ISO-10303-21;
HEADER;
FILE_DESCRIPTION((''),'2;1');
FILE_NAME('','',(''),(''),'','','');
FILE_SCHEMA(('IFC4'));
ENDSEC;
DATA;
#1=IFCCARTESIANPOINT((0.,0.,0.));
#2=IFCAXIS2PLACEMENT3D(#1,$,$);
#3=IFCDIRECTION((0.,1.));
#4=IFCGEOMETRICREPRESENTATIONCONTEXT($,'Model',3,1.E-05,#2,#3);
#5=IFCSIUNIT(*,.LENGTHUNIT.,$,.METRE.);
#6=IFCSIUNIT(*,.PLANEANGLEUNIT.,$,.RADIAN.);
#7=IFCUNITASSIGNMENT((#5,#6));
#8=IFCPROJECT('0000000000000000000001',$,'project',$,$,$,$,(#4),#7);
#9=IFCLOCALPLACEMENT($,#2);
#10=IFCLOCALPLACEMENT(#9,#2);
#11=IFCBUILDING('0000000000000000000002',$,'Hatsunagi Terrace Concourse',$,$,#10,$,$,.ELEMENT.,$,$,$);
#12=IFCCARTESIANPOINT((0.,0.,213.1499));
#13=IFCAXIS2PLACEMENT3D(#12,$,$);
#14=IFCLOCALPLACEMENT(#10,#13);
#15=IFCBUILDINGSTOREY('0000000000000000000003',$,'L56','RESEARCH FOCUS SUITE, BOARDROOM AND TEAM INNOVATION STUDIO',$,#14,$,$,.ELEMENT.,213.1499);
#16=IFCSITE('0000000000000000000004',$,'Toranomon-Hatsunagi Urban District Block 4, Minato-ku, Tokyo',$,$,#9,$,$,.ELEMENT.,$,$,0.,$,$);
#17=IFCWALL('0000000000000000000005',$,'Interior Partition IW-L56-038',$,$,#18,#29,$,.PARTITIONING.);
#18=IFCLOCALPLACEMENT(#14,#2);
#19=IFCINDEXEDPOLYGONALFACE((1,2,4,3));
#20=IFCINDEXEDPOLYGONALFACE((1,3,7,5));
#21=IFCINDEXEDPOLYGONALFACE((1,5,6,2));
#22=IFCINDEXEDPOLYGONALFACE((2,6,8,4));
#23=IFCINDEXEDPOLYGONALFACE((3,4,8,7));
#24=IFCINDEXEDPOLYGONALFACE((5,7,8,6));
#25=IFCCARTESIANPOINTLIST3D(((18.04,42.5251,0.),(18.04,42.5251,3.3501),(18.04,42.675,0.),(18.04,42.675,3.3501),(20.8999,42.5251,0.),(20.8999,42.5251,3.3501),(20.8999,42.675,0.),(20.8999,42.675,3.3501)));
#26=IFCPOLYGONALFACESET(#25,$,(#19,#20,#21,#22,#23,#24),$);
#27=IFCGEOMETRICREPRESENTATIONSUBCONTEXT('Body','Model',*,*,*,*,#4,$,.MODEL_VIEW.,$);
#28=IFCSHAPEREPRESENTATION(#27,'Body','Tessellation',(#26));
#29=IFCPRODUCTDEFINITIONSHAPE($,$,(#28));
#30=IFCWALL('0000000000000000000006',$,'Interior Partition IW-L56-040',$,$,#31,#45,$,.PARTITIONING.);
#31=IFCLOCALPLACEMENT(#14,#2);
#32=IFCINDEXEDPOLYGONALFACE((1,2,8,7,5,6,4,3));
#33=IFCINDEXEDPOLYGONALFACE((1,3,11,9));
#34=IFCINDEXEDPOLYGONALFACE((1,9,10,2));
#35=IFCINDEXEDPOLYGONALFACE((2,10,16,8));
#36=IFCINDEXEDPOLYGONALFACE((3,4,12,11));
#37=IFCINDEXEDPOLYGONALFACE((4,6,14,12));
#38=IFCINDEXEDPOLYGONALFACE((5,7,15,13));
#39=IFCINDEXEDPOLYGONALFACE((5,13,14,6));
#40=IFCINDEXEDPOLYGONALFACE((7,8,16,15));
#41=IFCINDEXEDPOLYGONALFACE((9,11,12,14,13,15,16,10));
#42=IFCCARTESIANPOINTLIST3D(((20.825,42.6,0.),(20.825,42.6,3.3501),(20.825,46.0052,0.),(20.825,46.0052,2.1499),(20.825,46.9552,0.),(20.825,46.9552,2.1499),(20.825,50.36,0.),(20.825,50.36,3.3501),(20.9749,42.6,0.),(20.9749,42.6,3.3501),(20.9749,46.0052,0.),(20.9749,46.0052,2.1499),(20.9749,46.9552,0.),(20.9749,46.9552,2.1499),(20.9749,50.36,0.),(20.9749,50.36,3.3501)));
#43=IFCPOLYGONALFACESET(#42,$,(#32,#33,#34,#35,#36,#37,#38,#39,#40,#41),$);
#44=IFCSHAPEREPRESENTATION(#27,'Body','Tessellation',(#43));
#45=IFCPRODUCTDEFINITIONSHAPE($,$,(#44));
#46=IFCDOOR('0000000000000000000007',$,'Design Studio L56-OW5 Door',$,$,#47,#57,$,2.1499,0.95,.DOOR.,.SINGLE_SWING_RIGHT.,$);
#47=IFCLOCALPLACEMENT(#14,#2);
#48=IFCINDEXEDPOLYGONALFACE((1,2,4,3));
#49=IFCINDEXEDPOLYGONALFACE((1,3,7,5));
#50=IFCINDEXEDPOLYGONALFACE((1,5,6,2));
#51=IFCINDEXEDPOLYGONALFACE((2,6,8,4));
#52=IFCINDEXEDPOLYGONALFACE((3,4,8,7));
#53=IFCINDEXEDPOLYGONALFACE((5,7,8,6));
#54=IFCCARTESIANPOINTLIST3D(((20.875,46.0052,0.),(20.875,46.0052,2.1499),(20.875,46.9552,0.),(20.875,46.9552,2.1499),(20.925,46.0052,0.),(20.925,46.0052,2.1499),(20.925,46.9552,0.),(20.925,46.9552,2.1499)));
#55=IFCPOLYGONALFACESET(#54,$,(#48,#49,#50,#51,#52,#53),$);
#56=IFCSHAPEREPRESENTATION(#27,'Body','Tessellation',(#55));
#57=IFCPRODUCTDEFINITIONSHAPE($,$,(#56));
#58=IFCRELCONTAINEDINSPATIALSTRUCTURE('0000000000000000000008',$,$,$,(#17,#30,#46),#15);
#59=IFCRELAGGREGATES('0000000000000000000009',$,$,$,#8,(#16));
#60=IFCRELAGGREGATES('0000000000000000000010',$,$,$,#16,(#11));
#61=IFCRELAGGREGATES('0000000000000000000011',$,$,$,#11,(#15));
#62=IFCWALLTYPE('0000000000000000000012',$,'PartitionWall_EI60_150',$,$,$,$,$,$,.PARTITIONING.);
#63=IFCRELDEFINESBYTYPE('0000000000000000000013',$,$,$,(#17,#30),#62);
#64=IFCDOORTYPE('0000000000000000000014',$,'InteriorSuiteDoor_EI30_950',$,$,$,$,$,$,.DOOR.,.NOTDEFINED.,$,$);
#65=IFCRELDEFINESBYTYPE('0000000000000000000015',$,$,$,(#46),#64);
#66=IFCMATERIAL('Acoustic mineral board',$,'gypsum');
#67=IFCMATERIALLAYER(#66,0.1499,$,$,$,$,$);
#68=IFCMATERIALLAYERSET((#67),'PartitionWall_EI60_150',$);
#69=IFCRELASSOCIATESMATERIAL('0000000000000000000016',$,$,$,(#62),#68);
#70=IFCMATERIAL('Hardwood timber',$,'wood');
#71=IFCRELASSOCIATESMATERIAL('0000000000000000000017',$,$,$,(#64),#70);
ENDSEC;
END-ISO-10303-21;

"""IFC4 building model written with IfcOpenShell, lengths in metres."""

from ifc_helpers import new_model, si_unit, direction, frame, frame_2d, origin, place, context, subcontext, project, spatial, rectangle, extrude, material, layer, layer_set, type_object, element, fill, save


model = new_model("IFC4")

# Units and contexts
model_context = context("Model", 3, precision=1e-05, world=origin(), true_north=direction((0.0, 1.0)))
body_context = subcontext(model_context, "Body", "Model", "MODEL_VIEW")
ifc_project = project(units=[si_unit("LENGTHUNIT", "METRE"), si_unit("PLANEANGLEUNIT", "RADIAN")], contexts=[model_context])

# Site, building, storey
site_placement = place(None, origin())
site = spatial("IfcSite", under=ifc_project, at=site_placement, Name="Toranomon-Hatsunagi Urban District Block 4, Minato-ku, Tokyo", CompositionType="ELEMENT", RefElevation=0.0)
building_placement = place(site_placement, origin())
building = spatial("IfcBuilding", under=site, at=building_placement, Name="Hatsunagi Terrace Concourse", CompositionType="ELEMENT")
storey_placement = place(building_placement, frame((0.0, 0.0, 213.1499)))
storey = spatial("IfcBuildingStorey", under=building, at=storey_placement, Name="L56", Description="RESEARCH FOCUS SUITE, BOARDROOM AND TEAM INNOVATION STUDIO", CompositionType="ELEMENT", Elevation=213.1499)

# Wall
ifc_material_1 = material(Name="Acoustic mineral board", Category="gypsum")
ifc_layer_1 = layer(ifc_material_1, 0.1499)
ifc_layer_set_1 = layer_set([ifc_layer_1], Name="PartitionWall_EI60_150")
wall_type_1 = type_object("IfcWallType", Name="PartitionWall_EI60_150", PredefinedType="PARTITIONING", material=ifc_layer_set_1)
wall_1_placement = place(storey_placement, frame((18.04, 42.6001, 0.0), z_axis=(0.0, 0.0, 1.0), x_axis=(1.0, 0.0, 0.0)))
element("IfcWall", 1, at=wall_1_placement, inside=storey, type_object=wall_type_1, Name="Interior Partition IW-L56-038", PredefinedType="PARTITIONING", context=body_context, shape_type="SweptSolid", body=[
    extrude(rectangle(XDim=2.8599, YDim=0.1499, at=frame_2d((1.4299, 0.0))), origin(), (0.0, 0.0, 1.0), 3.3501),
])

# Wall, opening, door
wall_2_placement = place(storey_placement, frame((20.8999, 42.6001, 0.0), z_axis=(0.0, 0.0, 1.0), x_axis=(0.0, 1.0, 0.0)))
wall_2 = element("IfcWall", 2, at=wall_2_placement, inside=storey, type_object=wall_type_1, Name="Interior Partition IW-L56-040", PredefinedType="PARTITIONING", context=body_context, shape_type="SweptSolid", body=[
    extrude(rectangle(XDim=7.76, YDim=0.1499, at=frame_2d((3.8799, 0.0))), origin(), (0.0, 0.0, 1.0), 3.3501),
])
opening_placement = place(wall_2_placement, frame((3.405, 0.0, 0.0)))
opening = element("IfcOpeningElement", 3, at=opening_placement, cuts=wall_2, PredefinedType="OPENING", context=body_context, shape_type="SweptSolid", body=[
    extrude(rectangle(XDim=0.95, YDim=2.1499, at=frame_2d((0.4751, 1.075))), frame((0.0, 0.085, 0.0), z_axis=(0.0, -1.0, 0.0), x_axis=(1.0, 0.0, 0.0)), (0.0, 0.0, 1.0), 0.1699),
])
ifc_material_2 = material(Name="Hardwood timber", Category="wood")
door_type = type_object("IfcDoorType", Name="InteriorSuiteDoor_EI30_950", OperationType="NOTDEFINED", PredefinedType="DOOR", material=ifc_material_2)
door_placement = place(opening_placement, origin())
door = element("IfcDoor", 4, at=door_placement, inside=storey, type_object=door_type, Name="Design Studio L56-OW5 Door", OperationType="SINGLE_SWING_RIGHT", OverallHeight=2.1499, OverallWidth=0.95, PredefinedType="DOOR", context=body_context, shape_type="SweptSolid", body=[
    extrude(rectangle(XDim=0.95, YDim=2.1499, at=frame_2d((0.4751, 1.075))), frame((0.0, 0.0249, 0.0), z_axis=(0.0, -1.0, 0.0), x_axis=(1.0, 0.0, 0.0)), (0.0, 0.0, 1.0), 0.05),
])
fill(opening, door)

save(model, "model.ifc")
